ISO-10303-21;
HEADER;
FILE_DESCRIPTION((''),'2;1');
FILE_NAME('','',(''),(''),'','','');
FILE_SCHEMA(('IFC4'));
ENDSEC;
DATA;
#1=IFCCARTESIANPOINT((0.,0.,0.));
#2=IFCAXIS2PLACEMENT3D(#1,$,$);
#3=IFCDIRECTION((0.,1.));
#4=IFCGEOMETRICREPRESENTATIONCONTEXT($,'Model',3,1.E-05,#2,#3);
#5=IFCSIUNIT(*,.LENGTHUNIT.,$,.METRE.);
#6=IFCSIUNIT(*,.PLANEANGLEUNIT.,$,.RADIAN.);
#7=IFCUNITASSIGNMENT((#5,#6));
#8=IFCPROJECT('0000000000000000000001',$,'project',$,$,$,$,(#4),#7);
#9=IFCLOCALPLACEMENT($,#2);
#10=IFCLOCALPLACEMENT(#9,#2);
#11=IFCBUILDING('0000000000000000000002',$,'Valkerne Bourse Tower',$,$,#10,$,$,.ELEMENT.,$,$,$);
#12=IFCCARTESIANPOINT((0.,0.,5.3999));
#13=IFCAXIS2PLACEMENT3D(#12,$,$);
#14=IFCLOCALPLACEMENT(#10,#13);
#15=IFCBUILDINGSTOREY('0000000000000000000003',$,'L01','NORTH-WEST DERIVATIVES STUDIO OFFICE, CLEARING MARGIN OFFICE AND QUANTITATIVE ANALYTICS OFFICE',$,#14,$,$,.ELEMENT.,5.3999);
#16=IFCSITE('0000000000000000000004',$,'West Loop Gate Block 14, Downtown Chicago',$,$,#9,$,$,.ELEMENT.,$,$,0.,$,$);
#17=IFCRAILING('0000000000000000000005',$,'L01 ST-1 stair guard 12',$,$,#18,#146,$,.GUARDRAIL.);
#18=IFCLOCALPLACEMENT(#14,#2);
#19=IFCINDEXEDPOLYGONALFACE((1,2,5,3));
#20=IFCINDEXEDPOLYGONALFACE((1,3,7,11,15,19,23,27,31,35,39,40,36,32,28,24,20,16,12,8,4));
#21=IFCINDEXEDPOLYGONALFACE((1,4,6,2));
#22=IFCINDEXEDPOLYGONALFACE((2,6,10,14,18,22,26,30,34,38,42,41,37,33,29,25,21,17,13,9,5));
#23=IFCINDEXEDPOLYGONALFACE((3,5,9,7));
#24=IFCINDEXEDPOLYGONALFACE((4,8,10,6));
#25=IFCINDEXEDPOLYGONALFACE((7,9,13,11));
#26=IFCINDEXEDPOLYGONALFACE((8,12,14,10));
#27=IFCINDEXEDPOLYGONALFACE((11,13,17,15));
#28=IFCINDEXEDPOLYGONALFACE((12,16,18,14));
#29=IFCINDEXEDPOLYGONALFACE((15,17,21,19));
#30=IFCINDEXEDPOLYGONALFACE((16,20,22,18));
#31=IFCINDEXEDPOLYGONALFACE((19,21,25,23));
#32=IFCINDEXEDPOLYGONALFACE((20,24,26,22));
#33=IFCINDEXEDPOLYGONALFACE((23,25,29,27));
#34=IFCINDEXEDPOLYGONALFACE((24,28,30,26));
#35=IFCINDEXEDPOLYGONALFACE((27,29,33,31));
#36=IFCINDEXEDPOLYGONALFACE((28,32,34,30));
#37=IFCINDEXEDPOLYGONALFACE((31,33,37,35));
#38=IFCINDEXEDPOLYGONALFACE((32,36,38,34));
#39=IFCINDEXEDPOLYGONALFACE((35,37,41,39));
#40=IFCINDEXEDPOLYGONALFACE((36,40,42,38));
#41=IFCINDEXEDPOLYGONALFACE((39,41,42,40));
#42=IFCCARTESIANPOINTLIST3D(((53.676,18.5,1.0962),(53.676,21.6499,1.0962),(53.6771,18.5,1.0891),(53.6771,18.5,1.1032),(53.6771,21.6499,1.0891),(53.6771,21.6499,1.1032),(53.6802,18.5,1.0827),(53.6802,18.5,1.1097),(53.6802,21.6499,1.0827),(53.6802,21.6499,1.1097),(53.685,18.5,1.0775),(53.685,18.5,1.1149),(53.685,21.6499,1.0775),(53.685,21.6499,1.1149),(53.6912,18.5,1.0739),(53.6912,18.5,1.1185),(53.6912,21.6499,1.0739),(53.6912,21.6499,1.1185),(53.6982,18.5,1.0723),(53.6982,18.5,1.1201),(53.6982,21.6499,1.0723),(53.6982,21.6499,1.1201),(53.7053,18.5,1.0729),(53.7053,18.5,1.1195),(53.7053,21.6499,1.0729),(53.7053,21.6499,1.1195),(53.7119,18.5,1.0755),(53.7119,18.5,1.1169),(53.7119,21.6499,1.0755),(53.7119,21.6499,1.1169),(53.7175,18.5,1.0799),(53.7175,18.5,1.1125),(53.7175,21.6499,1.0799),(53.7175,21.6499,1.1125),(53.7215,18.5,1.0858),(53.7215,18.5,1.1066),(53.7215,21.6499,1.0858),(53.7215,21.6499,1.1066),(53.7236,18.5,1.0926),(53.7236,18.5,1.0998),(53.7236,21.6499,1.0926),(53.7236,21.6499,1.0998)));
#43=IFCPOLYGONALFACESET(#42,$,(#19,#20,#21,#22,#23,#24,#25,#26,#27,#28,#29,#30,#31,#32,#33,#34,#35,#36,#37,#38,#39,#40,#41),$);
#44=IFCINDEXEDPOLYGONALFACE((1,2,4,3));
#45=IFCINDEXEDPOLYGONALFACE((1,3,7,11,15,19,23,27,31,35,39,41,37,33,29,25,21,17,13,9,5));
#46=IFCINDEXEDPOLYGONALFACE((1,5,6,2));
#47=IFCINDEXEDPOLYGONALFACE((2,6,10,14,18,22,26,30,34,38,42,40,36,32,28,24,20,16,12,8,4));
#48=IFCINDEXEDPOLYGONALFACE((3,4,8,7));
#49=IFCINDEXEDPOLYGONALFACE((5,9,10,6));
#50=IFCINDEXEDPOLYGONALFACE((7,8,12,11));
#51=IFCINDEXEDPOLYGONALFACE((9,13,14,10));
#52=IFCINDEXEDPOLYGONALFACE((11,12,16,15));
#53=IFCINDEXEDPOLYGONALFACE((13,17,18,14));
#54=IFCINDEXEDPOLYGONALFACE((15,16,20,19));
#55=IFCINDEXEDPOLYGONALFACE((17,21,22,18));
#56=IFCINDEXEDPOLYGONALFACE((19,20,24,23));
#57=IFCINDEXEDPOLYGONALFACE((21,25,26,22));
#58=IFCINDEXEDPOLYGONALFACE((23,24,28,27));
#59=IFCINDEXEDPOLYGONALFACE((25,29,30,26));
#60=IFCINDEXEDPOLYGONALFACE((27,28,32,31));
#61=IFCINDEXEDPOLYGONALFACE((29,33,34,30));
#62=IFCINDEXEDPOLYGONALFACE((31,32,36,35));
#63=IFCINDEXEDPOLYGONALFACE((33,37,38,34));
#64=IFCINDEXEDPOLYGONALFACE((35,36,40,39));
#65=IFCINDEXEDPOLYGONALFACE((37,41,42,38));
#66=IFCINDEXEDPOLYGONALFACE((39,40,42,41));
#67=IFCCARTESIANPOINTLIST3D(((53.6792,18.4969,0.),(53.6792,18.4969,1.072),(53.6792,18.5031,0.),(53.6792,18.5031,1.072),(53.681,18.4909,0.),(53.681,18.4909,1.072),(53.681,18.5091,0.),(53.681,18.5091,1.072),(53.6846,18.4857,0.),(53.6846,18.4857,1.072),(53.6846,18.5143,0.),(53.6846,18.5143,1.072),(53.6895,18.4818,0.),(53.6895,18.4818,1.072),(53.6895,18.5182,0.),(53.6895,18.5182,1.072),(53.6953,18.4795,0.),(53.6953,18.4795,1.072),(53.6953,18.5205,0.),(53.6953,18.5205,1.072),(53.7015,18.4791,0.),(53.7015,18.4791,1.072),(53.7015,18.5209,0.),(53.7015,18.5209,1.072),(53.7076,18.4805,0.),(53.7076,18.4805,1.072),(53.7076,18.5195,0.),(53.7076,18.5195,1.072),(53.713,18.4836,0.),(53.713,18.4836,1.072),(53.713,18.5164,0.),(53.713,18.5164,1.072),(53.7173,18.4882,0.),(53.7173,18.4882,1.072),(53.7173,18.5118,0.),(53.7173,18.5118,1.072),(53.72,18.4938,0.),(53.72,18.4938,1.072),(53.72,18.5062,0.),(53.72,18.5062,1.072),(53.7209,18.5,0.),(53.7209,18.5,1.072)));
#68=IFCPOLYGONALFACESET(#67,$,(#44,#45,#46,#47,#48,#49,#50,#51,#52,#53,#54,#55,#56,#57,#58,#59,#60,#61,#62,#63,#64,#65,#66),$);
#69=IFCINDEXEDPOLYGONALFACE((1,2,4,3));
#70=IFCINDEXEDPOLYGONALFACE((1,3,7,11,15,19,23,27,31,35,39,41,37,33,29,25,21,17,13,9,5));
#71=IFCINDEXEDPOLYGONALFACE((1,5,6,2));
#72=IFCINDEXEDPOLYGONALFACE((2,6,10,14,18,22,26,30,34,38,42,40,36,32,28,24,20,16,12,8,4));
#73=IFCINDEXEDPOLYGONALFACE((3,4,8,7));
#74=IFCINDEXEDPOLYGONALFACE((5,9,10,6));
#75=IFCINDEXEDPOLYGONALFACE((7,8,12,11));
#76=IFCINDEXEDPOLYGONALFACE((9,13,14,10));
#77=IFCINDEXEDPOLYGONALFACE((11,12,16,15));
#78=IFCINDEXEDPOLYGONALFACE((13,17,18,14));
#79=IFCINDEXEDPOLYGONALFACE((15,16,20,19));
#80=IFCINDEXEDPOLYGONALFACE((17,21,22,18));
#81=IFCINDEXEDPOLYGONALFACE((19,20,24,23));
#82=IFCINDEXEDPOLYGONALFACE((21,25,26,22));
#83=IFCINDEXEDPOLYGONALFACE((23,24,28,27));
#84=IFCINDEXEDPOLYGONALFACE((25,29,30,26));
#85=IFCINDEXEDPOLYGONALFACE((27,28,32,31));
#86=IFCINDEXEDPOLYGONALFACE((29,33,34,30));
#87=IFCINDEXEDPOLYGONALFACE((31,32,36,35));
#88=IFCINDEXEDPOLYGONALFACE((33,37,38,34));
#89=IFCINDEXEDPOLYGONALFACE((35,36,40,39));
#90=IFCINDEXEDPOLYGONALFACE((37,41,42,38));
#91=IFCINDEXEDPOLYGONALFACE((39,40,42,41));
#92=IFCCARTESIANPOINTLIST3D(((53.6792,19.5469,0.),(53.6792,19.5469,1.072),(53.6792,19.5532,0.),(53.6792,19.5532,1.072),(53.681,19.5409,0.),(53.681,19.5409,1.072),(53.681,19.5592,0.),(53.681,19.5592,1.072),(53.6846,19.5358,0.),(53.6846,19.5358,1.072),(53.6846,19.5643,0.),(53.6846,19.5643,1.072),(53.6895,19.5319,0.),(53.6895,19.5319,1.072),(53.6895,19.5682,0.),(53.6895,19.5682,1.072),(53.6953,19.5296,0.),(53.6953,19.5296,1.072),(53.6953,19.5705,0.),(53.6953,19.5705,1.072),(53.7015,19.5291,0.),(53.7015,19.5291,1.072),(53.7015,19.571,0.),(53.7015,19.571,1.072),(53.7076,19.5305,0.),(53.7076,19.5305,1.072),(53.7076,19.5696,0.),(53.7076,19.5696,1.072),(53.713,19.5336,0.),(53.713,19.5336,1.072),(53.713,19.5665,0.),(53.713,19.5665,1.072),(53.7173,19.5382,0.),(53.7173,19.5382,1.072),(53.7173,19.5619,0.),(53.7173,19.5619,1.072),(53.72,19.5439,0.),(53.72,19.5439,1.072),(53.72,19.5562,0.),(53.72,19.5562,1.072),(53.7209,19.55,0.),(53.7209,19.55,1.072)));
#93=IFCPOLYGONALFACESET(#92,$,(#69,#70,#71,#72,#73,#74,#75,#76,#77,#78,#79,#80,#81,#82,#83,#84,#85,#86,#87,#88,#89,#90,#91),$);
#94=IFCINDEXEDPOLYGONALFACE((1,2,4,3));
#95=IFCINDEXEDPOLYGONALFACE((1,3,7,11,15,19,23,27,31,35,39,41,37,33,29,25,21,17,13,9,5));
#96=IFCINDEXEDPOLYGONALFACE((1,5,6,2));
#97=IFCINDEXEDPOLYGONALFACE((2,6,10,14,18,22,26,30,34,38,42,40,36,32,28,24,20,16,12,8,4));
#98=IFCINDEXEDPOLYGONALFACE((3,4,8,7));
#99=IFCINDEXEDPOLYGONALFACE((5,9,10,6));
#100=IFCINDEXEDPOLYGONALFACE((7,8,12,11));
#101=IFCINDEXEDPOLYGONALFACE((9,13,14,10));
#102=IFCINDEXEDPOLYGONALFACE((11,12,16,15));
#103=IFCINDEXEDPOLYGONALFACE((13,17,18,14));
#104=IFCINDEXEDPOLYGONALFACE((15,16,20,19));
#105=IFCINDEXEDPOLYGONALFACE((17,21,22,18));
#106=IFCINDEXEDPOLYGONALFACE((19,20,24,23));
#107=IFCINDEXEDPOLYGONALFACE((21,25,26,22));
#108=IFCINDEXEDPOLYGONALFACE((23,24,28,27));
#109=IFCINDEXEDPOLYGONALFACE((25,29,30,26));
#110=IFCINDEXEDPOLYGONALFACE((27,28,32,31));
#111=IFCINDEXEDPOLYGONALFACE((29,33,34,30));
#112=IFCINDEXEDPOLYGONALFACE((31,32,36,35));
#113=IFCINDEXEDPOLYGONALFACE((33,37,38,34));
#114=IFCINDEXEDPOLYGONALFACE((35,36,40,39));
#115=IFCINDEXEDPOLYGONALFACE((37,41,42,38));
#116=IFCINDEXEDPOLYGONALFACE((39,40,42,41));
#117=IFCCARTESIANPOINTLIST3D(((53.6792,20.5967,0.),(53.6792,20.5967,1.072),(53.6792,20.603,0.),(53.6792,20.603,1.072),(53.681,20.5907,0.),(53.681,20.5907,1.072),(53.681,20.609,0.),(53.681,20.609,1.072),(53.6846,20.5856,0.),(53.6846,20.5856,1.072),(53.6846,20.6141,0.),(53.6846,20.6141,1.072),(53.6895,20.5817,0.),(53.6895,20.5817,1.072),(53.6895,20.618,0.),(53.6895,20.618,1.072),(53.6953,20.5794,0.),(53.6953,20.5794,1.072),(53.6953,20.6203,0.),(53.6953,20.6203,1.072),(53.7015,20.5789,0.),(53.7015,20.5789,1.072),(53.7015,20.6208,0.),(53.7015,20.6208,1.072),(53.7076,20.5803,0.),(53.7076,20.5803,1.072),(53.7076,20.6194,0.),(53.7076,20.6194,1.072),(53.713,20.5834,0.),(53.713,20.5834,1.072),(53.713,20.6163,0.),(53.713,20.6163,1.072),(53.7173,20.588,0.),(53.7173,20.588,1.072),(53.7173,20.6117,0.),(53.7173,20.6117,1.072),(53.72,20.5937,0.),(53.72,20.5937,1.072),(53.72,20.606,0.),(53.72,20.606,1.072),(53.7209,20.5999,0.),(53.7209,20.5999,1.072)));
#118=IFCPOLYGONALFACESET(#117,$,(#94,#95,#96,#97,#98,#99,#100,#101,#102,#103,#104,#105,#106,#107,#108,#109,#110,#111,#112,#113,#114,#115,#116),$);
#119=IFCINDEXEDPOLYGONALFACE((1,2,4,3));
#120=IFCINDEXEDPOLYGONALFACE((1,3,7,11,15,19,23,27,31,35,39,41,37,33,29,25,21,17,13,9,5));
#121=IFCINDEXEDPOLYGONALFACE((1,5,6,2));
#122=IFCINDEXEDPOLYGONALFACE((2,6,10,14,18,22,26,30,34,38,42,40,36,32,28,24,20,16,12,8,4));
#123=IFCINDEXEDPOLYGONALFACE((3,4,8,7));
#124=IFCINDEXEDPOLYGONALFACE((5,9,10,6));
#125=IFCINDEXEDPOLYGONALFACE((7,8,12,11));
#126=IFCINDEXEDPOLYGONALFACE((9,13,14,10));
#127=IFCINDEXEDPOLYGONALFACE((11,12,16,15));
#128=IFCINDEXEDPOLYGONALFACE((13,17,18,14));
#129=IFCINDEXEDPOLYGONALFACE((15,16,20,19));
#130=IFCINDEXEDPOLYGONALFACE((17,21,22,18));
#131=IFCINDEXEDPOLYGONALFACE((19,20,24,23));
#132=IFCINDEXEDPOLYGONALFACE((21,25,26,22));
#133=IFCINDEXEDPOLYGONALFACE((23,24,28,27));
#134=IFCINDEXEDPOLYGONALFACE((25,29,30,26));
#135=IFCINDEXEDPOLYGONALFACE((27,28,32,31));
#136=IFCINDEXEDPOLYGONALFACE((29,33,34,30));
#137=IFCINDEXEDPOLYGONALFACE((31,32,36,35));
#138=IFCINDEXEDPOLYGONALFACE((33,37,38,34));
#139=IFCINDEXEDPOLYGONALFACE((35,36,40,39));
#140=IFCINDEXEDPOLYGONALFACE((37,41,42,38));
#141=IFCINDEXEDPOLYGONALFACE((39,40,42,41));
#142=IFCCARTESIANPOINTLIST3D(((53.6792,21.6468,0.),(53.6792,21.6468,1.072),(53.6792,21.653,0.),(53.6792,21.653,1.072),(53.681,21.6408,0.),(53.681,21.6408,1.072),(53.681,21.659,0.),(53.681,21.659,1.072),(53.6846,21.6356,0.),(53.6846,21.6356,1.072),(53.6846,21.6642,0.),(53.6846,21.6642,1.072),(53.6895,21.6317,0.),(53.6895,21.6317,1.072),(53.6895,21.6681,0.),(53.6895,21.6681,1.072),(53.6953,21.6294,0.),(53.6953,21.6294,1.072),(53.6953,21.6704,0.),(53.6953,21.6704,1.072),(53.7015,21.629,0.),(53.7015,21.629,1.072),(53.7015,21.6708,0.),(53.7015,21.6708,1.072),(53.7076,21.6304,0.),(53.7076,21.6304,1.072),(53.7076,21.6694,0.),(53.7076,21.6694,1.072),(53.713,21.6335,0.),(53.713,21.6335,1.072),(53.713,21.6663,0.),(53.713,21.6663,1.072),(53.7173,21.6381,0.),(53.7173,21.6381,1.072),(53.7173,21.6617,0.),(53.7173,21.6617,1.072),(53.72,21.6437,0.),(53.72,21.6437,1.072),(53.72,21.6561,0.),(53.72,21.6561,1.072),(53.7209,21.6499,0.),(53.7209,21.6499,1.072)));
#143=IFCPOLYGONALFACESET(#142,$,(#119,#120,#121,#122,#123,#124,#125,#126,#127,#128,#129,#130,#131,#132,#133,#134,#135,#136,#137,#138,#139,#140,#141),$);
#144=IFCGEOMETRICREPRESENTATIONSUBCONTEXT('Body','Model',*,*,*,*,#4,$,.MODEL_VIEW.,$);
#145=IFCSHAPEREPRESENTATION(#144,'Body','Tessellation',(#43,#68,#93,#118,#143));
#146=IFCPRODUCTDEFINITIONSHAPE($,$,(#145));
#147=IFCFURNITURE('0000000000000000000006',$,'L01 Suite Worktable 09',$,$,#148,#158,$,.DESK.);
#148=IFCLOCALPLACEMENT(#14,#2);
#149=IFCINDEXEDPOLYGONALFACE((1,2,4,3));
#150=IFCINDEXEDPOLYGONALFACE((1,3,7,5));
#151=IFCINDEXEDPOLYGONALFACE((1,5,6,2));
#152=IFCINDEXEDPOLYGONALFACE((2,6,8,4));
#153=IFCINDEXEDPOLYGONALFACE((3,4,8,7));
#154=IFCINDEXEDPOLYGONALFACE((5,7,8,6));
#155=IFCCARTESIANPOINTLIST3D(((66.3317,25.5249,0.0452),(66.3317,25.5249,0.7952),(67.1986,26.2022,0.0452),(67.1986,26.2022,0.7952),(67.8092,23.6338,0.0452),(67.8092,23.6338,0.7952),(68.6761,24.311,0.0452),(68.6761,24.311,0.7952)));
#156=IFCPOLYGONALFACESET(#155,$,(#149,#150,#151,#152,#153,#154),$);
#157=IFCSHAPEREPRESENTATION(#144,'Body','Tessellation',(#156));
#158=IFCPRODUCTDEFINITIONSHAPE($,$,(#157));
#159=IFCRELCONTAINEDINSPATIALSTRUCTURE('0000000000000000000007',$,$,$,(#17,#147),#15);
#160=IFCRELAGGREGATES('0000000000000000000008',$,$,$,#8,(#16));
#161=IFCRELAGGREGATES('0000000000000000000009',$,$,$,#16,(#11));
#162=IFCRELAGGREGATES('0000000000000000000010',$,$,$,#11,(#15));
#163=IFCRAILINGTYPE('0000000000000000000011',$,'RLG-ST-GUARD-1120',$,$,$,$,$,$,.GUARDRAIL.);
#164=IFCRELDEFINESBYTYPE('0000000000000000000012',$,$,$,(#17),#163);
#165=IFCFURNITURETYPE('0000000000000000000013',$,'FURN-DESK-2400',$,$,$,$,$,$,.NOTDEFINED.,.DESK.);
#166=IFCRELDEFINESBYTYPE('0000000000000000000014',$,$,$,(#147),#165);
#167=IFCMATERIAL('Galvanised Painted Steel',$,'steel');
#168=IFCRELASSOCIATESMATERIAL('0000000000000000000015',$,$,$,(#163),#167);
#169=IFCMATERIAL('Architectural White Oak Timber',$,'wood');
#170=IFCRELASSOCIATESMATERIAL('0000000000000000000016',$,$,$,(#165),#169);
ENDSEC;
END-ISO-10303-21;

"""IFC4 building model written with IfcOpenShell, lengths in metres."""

from ifc_helpers import new_model, si_unit, direction, frame, origin, origin_2d, place, context, subcontext, project, spatial, rectangle, circle, extrude, material, type_object, element, save


model = new_model("IFC4")

# Units and contexts
model_context = context("Model", 3, precision=1e-05, world=origin(), true_north=direction((0.0, 1.0)))
body_context = subcontext(model_context, "Body", "Model", "MODEL_VIEW")
ifc_project = project(units=[si_unit("LENGTHUNIT", "METRE"), si_unit("PLANEANGLEUNIT", "RADIAN")], contexts=[model_context])

# Site, building, storey
site_placement = place(None, origin())
site = spatial("IfcSite", under=ifc_project, at=site_placement, Name="West Loop Gate Block 14, Downtown Chicago", CompositionType="ELEMENT", RefElevation=0.0)
building_placement = place(site_placement, origin())
building = spatial("IfcBuilding", under=site, at=building_placement, Name="Valkerne Bourse Tower", CompositionType="ELEMENT")
storey_placement = place(building_placement, frame((0.0, 0.0, 5.3999)))
storey = spatial("IfcBuildingStorey", under=building, at=storey_placement, Name="L01", Description="NORTH-WEST DERIVATIVES STUDIO OFFICE, CLEARING MARGIN OFFICE AND QUANTITATIVE ANALYTICS OFFICE", CompositionType="ELEMENT", Elevation=5.3999)

# Shared definitions
ifc_material_1 = material(Name="Galvanised Painted Steel", Category="steel")
ifc_material_2 = material(Name="Architectural White Oak Timber", Category="wood")

# Railing
railing_type = type_object("IfcRailingType", Name="RLG-ST-GUARD-1120", PredefinedType="GUARDRAIL", material=ifc_material_1)
railing_placement = place(storey_placement, frame((53.7, 18.5, 0.0)))
element("IfcRailing", 1, at=railing_placement, inside=storey, type_object=railing_type, Name="L01 ST-1 stair guard 12", PredefinedType="GUARDRAIL", context=body_context, shape_type="SweptSolid", body=[
    extrude(circle(Radius=0.0239, at=origin_2d()), frame((0.0, 0.0, 1.0962), z_axis=(0.0, 1.0, 0.0), x_axis=(-1.0, 0.0, 0.0)), (0.0, 0.0, 1.0), 3.1499),
    extrude(circle(Radius=0.021, at=origin_2d()), origin(), (0.0, 0.0, 1.0), 1.072),
    extrude(circle(Radius=0.021, at=origin_2d()), frame((0.0, 1.05, 0.0)), (0.0, 0.0, 1.0), 1.072),
    extrude(circle(Radius=0.021, at=origin_2d()), frame((0.0, 2.0999, 0.0)), (0.0, 0.0, 1.0), 1.072),
    extrude(circle(Radius=0.021, at=origin_2d()), frame((0.0, 3.1499, 0.0)), (0.0, 0.0, 1.0), 1.072),
])

# Furniture
furniture_type = type_object("IfcFurnitureType", Name="FURN-DESK-2400", AssemblyPlace="NOTDEFINED", PredefinedType="DESK", material=ifc_material_2)
furniture_placement = place(storey_placement, frame((67.5039, 24.918, 0.0452), z_axis=(0.0, 0.0, 1.0), x_axis=(-0.615661, 0.788011, 0.0)))
element("IfcFurniture", 2, at=furniture_placement, inside=storey, type_object=furniture_type, Name="L01 Suite Worktable 09", PredefinedType="DESK", context=body_context, shape_type="SweptSolid", body=[
    extrude(rectangle(XDim=2.3999, YDim=1.1001, at=origin_2d()), origin(), (0.0, 0.0, 1.0), 0.75),
])

save(model, "model.ifc")
